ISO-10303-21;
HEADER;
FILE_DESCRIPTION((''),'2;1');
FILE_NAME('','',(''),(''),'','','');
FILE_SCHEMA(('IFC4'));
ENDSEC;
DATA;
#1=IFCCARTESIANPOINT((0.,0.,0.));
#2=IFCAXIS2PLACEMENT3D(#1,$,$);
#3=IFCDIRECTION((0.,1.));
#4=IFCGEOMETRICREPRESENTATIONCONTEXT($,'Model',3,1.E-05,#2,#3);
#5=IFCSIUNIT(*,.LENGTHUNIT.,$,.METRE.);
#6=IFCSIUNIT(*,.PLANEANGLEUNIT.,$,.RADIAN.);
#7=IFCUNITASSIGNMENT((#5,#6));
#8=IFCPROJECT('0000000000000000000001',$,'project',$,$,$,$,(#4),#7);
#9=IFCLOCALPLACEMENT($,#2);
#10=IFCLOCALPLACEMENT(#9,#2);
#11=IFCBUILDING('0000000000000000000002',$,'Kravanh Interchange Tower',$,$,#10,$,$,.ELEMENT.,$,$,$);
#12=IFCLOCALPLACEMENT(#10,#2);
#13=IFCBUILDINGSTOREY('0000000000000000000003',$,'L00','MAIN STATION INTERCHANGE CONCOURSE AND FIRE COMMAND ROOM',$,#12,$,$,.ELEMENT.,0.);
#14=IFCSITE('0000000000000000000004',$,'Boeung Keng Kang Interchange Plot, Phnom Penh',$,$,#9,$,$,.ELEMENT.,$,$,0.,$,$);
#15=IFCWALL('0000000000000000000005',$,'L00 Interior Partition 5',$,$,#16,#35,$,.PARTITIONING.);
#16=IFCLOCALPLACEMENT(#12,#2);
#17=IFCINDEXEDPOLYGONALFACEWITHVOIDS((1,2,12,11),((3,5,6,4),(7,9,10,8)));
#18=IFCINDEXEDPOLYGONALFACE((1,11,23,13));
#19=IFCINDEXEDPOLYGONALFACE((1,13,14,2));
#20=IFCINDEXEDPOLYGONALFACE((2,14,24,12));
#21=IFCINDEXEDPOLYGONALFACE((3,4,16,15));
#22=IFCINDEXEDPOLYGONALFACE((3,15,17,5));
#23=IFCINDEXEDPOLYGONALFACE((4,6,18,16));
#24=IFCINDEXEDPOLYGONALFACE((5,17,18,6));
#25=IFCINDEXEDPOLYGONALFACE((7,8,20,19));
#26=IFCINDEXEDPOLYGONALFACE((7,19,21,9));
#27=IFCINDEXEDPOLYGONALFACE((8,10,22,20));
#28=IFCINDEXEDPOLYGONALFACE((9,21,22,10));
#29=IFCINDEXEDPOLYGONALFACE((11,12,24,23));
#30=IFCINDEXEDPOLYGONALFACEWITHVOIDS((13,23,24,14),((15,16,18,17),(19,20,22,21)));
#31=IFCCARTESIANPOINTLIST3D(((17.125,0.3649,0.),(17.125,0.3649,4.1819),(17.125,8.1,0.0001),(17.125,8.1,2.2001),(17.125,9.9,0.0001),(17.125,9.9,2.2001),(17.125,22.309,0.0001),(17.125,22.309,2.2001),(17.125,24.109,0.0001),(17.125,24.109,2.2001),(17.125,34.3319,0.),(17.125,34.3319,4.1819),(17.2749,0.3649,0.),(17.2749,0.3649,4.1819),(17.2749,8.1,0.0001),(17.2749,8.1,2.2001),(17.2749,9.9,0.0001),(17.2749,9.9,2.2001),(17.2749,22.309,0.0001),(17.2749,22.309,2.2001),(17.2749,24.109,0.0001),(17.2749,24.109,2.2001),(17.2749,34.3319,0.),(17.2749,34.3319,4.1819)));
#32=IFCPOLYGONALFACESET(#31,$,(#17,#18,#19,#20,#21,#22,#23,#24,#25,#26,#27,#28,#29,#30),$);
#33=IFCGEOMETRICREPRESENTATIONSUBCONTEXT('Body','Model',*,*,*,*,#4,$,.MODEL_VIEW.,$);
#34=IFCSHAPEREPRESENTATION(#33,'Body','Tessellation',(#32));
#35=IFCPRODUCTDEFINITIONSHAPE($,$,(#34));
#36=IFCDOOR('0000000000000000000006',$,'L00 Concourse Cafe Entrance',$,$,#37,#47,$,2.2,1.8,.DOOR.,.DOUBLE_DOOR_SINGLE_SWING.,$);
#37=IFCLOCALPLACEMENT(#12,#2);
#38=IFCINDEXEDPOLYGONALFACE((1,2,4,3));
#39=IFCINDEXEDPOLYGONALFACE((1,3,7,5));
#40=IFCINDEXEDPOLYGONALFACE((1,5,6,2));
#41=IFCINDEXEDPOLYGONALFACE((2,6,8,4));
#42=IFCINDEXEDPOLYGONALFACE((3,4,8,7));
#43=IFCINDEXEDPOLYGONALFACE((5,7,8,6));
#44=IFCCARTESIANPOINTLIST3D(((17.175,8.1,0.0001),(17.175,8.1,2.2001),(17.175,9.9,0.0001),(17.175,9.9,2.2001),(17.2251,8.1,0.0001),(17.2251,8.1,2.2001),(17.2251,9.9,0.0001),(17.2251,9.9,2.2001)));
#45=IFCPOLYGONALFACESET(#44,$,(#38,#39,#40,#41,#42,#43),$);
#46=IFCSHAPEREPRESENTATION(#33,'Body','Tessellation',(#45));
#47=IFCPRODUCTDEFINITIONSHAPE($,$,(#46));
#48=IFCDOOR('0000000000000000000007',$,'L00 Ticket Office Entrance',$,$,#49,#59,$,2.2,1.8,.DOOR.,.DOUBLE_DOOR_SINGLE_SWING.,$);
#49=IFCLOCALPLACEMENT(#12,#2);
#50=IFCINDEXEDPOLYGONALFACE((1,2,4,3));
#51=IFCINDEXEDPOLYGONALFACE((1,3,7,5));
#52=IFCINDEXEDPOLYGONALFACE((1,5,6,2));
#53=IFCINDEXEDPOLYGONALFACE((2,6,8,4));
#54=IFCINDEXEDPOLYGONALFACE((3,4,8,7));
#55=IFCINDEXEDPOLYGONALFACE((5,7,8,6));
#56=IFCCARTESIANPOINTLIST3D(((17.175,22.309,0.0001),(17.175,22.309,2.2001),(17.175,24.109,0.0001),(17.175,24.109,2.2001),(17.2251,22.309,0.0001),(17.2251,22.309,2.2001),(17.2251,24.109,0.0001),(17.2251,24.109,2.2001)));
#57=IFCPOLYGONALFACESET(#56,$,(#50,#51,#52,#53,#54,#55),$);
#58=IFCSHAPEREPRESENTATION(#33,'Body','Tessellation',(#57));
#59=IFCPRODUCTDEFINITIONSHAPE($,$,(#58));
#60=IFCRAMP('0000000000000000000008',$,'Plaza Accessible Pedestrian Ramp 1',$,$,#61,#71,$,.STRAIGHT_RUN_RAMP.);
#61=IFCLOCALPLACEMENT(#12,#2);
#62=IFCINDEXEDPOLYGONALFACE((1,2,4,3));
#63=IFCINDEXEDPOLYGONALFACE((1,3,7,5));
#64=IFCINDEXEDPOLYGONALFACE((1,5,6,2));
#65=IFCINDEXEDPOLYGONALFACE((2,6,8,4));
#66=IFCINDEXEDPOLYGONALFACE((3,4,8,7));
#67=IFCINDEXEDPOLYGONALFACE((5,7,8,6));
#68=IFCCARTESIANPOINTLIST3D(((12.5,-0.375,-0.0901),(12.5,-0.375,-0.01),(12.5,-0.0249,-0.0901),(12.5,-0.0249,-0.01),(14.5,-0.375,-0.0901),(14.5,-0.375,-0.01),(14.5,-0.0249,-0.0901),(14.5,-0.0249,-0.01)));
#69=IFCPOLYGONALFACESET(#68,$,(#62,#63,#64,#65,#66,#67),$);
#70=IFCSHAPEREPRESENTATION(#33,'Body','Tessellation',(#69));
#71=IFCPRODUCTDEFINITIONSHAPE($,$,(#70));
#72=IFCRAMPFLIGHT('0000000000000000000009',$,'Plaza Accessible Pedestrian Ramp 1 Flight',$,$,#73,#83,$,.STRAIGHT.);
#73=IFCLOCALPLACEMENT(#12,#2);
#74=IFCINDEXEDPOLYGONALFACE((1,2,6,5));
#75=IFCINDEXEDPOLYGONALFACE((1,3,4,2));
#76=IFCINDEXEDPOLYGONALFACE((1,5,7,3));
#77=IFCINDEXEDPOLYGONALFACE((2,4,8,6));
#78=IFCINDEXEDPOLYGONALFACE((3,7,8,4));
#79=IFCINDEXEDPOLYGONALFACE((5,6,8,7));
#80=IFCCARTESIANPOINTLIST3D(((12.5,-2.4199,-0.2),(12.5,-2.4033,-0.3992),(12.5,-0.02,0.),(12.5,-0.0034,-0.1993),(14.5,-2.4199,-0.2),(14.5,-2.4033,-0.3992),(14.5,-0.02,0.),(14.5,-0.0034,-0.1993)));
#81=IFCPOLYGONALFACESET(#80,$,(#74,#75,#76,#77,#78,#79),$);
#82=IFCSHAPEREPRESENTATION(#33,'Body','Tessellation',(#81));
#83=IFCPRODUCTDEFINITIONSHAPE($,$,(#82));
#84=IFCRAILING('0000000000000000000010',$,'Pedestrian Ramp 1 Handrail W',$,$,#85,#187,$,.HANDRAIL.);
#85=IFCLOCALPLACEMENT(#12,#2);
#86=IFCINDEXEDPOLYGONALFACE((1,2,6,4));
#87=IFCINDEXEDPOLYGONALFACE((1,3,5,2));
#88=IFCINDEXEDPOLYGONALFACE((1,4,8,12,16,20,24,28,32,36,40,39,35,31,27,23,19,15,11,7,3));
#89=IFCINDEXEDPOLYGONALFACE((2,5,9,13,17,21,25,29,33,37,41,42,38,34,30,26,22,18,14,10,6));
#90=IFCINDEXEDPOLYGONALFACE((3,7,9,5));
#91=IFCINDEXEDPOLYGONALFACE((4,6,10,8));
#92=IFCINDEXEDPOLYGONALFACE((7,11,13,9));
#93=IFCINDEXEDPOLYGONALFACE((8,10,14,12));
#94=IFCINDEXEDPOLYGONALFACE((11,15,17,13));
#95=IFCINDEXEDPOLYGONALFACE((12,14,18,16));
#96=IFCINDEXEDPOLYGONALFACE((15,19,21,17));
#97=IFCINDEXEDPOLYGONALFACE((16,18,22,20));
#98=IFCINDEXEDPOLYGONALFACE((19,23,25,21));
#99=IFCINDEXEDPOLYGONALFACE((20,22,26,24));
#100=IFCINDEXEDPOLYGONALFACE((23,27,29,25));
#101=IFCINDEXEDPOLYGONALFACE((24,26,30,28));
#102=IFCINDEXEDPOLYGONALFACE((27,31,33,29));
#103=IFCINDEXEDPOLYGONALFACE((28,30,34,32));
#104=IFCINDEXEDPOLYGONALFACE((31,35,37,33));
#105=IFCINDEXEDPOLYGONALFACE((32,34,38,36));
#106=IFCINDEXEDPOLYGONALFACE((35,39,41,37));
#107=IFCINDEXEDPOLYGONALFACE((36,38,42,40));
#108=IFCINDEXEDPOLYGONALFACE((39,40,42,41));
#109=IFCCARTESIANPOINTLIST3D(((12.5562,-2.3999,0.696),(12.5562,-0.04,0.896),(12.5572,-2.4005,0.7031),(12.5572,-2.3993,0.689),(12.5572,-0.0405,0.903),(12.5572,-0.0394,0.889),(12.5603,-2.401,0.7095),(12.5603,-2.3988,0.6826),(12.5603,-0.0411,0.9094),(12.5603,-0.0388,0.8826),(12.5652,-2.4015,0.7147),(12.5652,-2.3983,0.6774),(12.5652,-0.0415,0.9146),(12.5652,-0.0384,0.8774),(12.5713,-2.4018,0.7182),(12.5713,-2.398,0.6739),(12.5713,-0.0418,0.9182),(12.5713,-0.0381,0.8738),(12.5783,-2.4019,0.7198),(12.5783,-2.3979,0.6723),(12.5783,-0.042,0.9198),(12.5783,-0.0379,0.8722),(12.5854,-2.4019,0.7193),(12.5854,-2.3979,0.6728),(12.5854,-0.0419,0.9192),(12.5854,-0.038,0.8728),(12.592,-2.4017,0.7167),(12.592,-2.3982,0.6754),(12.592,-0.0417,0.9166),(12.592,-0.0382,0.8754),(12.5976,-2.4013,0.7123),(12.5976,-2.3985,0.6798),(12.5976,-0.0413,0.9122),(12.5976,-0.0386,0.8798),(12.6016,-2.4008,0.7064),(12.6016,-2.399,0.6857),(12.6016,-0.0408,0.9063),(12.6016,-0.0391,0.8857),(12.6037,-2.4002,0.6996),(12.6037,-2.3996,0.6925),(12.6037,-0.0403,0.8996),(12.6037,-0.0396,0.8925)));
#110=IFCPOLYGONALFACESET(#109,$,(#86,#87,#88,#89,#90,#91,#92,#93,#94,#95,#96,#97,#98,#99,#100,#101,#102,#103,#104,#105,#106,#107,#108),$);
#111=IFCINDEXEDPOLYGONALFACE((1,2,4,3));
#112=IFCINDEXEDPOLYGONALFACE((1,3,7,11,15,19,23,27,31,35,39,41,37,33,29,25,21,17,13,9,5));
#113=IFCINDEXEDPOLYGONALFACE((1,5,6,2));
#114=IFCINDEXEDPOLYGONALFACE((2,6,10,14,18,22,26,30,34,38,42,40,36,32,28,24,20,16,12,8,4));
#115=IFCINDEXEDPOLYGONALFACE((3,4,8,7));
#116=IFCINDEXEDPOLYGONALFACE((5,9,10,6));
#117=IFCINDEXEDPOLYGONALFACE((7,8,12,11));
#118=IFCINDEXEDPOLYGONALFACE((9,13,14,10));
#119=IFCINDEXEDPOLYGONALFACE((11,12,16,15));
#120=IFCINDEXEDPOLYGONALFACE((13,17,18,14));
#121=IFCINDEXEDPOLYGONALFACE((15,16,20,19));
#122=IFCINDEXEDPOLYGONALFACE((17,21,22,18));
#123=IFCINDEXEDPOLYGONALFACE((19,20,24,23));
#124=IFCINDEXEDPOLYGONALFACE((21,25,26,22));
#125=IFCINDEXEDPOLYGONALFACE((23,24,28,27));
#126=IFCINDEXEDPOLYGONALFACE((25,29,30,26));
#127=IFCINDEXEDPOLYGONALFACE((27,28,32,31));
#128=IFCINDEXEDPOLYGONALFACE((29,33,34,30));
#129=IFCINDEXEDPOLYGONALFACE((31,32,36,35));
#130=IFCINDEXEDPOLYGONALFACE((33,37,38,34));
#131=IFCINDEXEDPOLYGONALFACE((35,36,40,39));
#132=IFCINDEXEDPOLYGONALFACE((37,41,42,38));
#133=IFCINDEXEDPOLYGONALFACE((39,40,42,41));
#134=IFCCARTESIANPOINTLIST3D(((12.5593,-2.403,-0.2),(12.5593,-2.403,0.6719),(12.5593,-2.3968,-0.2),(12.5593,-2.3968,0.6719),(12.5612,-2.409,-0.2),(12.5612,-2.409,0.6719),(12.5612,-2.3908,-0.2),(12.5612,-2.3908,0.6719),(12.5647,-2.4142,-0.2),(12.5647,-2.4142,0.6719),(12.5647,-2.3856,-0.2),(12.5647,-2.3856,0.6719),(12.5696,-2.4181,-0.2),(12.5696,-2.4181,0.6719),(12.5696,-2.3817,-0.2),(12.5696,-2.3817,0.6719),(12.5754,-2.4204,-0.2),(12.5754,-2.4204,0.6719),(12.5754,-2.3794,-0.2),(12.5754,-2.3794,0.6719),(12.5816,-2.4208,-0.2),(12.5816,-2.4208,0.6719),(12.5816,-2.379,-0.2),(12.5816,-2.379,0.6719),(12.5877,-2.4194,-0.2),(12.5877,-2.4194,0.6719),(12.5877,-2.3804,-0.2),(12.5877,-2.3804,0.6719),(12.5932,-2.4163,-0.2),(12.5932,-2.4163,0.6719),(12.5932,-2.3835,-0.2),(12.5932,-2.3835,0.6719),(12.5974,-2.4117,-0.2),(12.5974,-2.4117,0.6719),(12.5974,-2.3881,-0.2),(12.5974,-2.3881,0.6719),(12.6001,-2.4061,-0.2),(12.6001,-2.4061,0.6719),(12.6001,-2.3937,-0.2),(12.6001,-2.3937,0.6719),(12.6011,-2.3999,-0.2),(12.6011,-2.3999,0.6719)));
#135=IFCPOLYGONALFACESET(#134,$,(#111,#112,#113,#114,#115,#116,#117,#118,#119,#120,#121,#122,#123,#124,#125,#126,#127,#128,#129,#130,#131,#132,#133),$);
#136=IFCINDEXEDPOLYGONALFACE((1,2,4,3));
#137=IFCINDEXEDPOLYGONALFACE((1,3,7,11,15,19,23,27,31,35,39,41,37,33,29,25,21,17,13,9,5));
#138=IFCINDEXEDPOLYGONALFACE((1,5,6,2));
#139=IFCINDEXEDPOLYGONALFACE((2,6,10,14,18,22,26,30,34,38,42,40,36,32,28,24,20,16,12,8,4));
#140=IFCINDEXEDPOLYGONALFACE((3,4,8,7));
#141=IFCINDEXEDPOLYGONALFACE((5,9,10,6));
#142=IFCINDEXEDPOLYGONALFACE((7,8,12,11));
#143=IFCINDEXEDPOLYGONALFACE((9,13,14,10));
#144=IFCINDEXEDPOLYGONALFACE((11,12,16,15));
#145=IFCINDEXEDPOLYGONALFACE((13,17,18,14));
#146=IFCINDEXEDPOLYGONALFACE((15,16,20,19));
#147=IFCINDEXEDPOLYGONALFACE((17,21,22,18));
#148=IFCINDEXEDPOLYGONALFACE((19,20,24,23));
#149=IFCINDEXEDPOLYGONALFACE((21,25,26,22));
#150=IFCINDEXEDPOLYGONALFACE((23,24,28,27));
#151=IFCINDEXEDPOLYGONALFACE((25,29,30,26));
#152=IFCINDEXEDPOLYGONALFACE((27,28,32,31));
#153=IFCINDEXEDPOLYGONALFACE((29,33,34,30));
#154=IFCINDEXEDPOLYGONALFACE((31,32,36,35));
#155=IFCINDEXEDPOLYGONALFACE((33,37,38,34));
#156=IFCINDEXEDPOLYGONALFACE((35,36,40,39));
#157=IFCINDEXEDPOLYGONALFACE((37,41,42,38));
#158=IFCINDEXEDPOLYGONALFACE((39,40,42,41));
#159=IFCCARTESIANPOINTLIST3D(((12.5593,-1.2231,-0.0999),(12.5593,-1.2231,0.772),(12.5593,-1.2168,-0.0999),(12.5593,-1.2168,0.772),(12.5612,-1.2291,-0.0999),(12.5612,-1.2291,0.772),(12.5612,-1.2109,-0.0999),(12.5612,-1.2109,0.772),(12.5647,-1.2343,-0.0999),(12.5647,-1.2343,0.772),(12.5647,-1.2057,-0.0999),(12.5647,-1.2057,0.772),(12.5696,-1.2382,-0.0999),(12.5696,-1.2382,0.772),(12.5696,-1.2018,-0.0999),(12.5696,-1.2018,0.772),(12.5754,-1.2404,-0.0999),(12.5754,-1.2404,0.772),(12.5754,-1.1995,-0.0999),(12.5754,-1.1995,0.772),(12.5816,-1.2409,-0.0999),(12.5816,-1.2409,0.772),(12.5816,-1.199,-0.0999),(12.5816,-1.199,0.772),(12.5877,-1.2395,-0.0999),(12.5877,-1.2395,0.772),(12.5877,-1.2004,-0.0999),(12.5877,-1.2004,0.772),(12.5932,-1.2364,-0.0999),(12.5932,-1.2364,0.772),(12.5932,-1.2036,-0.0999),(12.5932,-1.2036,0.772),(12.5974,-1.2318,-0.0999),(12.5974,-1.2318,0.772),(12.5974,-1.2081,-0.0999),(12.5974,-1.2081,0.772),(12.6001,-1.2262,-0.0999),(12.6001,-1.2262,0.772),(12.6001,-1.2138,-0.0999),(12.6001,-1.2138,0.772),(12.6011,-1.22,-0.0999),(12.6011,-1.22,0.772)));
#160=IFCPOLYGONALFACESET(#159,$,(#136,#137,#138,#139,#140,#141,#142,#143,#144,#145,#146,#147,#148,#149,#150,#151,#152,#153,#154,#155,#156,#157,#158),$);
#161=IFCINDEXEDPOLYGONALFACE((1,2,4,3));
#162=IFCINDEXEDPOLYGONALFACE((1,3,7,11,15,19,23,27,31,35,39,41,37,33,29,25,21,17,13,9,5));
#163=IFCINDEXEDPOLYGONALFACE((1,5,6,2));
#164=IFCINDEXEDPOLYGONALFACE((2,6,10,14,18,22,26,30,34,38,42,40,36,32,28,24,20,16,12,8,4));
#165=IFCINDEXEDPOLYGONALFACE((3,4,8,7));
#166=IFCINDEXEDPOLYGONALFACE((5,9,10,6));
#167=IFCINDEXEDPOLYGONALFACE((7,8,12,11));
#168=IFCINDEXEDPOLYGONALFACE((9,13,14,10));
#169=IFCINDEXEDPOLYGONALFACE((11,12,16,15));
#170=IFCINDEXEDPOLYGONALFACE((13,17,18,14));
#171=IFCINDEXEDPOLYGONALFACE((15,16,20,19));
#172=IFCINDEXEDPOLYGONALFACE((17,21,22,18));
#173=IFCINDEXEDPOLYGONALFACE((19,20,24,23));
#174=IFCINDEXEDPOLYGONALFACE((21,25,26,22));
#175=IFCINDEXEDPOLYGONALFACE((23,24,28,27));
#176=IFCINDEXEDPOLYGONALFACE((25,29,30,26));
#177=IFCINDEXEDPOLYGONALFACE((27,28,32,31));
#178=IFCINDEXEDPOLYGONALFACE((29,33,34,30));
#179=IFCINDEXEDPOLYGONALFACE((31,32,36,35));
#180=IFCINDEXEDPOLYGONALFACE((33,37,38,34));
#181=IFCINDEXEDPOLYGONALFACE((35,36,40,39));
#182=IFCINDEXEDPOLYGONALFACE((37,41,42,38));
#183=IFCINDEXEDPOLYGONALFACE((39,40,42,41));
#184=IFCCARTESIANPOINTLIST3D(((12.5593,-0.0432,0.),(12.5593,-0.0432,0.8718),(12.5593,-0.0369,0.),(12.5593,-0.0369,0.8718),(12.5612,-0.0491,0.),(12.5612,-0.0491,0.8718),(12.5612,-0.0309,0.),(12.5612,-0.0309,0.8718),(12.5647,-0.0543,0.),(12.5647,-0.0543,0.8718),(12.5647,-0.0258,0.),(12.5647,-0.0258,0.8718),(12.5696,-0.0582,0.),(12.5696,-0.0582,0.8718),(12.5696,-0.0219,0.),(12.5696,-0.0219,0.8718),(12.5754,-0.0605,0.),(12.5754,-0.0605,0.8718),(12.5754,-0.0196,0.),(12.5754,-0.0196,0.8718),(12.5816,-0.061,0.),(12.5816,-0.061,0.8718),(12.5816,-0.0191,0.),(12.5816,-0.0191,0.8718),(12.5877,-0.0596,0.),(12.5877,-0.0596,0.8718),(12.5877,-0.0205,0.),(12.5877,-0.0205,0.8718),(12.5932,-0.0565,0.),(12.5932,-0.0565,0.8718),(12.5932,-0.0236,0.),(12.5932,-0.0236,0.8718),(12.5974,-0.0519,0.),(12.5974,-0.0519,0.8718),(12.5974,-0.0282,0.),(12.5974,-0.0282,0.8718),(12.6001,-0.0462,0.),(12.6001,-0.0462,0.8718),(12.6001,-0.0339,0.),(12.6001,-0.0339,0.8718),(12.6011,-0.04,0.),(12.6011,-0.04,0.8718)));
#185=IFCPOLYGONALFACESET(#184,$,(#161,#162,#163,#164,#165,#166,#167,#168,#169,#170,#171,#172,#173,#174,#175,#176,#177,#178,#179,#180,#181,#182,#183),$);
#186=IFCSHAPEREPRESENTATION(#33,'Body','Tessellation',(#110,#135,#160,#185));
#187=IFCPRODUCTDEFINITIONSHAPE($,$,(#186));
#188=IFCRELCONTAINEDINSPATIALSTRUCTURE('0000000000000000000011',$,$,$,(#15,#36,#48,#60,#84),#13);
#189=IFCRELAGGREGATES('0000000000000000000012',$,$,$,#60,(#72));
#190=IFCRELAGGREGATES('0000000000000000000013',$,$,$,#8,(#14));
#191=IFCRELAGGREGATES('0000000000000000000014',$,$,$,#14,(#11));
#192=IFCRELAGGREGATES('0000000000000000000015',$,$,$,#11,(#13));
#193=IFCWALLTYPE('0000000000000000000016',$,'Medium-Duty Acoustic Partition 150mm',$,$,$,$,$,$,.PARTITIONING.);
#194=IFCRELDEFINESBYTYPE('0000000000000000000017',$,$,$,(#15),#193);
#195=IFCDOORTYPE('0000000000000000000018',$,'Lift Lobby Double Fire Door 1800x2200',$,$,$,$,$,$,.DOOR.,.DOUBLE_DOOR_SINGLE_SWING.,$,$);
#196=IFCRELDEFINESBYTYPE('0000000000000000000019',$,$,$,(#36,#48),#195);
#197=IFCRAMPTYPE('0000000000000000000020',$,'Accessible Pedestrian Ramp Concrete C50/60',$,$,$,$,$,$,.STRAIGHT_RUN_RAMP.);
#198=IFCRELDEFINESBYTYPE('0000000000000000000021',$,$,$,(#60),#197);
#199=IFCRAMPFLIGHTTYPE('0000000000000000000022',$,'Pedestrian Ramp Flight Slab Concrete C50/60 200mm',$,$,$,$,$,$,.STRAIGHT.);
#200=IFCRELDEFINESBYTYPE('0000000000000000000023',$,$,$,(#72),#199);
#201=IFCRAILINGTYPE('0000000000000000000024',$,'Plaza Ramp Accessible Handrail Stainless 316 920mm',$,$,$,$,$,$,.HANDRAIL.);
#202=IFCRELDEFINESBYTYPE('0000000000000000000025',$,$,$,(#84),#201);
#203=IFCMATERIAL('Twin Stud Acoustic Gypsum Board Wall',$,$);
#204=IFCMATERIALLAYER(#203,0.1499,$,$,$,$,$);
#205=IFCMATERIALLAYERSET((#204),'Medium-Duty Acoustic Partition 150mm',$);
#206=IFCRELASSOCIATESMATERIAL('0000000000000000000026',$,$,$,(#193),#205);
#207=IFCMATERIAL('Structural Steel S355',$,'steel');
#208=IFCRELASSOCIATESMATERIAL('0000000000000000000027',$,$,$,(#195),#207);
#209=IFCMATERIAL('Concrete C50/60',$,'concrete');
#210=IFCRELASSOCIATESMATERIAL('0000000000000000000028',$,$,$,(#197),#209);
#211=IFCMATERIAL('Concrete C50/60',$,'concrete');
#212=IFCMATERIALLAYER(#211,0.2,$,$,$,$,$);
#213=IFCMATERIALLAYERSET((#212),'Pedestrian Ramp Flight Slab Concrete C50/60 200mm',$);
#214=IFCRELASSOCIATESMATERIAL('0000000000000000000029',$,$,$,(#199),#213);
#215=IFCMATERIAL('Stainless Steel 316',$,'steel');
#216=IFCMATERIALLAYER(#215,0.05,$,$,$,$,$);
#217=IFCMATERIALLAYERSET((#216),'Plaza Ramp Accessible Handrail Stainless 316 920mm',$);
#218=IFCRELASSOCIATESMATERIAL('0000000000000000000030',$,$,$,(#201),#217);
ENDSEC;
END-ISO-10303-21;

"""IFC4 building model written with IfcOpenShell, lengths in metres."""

from ifc_helpers import new_model, si_unit, direction, frame, frame_2d, origin, origin_2d, place, context, subcontext, project, spatial, polyline, rectangle, circle, outline, extrude, material, layer, layer_set, type_object, element, fill, aggregate, save


model = new_model("IFC4")

# Units and contexts
model_context = context("Model", 3, precision=1e-05, world=origin(), true_north=direction((0.0, 1.0)))
body_context = subcontext(model_context, "Body", "Model", "MODEL_VIEW")
ifc_project = project(units=[si_unit("LENGTHUNIT", "METRE"), si_unit("PLANEANGLEUNIT", "RADIAN")], contexts=[model_context])

# Site, building, storey
site_placement = place(None, origin())
site = spatial("IfcSite", under=ifc_project, at=site_placement, Name="Boeung Keng Kang Interchange Plot, Phnom Penh", CompositionType="ELEMENT", RefElevation=0.0)
building_placement = place(site_placement, origin())
building = spatial("IfcBuilding", under=site, at=building_placement, Name="Kravanh Interchange Tower", CompositionType="ELEMENT")
storey_placement = place(building_placement, origin())
storey = spatial("IfcBuildingStorey", under=building, at=storey_placement, Name="L00", Description="MAIN STATION INTERCHANGE CONCOURSE AND FIRE COMMAND ROOM", CompositionType="ELEMENT", Elevation=0.0)

# Wall, openings, doors
ifc_material_1 = material(Name="Twin Stud Acoustic Gypsum Board Wall")
ifc_layer_1 = layer(ifc_material_1, 0.1499)
ifc_layer_set_1 = layer_set([ifc_layer_1], Name="Medium-Duty Acoustic Partition 150mm")
wall_type_1 = type_object("IfcWallType", Name="Medium-Duty Acoustic Partition 150mm", PredefinedType="PARTITIONING", material=ifc_layer_set_1)
wall_1_placement = place(storey_placement, frame((17.2, 0.365, 0.0), z_axis=(0.0, 0.0, 1.0), x_axis=(0.0, 1.0, 0.0)))
wall_1 = element("IfcWall", 1, at=wall_1_placement, inside=storey, type_object=wall_type_1, Name="L00 Interior Partition 5", PredefinedType="PARTITIONING", context=body_context, shape_type="SweptSolid", body=[
    extrude(rectangle(XDim=33.967, YDim=0.1499, at=frame_2d((16.9834, 0.0))), origin(), (0.0, 0.0, 1.0), 4.1819),
])
opening_1_placement = place(wall_1_placement, frame((7.7351, 0.0, 0.0)))
opening_1 = element("IfcOpeningElement", 2, at=opening_1_placement, cuts=wall_1, PredefinedType="OPENING", context=body_context, shape_type="SweptSolid", body=[
    extrude(rectangle(XDim=1.8, YDim=2.2, at=frame_2d((0.8999, 1.1001))), frame((0.0, 0.085, 0.0), z_axis=(0.0, -1.0, 0.0), x_axis=(1.0, 0.0, 0.0)), (0.0, 0.0, 1.0), 0.1699),
])
opening_2_placement = place(wall_1_placement, frame((21.9441, 0.0, 0.0)))
opening_2 = element("IfcOpeningElement", 3, at=opening_2_placement, cuts=wall_1, PredefinedType="OPENING", context=body_context, shape_type="SweptSolid", body=[
    extrude(rectangle(XDim=1.8, YDim=2.2, at=frame_2d((0.8999, 1.1001))), frame((0.0, 0.085, 0.0), z_axis=(0.0, -1.0, 0.0), x_axis=(1.0, 0.0, 0.0)), (0.0, 0.0, 1.0), 0.1699),
])
ifc_material_2 = material(Name="Structural Steel S355", Category="steel")
door_type_1 = type_object("IfcDoorType", Name="Lift Lobby Double Fire Door 1800x2200", OperationType="DOUBLE_DOOR_SINGLE_SWING", PredefinedType="DOOR", material=ifc_material_2)
door_1_placement = place(opening_1_placement, origin())
door_1 = element("IfcDoor", 4, at=door_1_placement, inside=storey, type_object=door_type_1, Name="L00 Concourse Cafe Entrance", OperationType="DOUBLE_DOOR_SINGLE_SWING", OverallHeight=2.2, OverallWidth=1.8, PredefinedType="DOOR", context=body_context, shape_type="SweptSolid", body=[
    extrude(rectangle(XDim=1.8, YDim=2.2, at=frame_2d((0.8999, 1.1001))), frame((0.0, 0.0249, 0.0), z_axis=(0.0, -1.0, 0.0), x_axis=(1.0, 0.0, 0.0)), (0.0, 0.0, 1.0), 0.05),
])
fill(opening_1, door_1)
door_2_placement = place(opening_2_placement, origin())
door_2 = element("IfcDoor", 5, at=door_2_placement, inside=storey, type_object=door_type_1, Name="L00 Ticket Office Entrance", OperationType="DOUBLE_DOOR_SINGLE_SWING", OverallHeight=2.2, OverallWidth=1.8, PredefinedType="DOOR", context=body_context, shape_type="SweptSolid", body=[
    extrude(rectangle(XDim=1.8, YDim=2.2, at=frame_2d((0.8999, 1.1001))), frame((0.0, 0.0249, 0.0), z_axis=(0.0, -1.0, 0.0), x_axis=(1.0, 0.0, 0.0)), (0.0, 0.0, 1.0), 0.05),
])
fill(opening_2, door_2)

# Ramp, ramp flight
ifc_material_3 = material(Name="Concrete C50/60", Category="concrete")
ramp_type = type_object("IfcRampType", Name="Accessible Pedestrian Ramp Concrete C50/60", PredefinedType="STRAIGHT_RUN_RAMP", material=ifc_material_3)
ramp_placement = place(storey_placement, frame((13.5, -0.2, -0.0901), z_axis=(0.0, 0.0, 1.0), x_axis=(1.0, 0.0, 0.0)))
ramp = element("IfcRamp", 6, at=ramp_placement, inside=storey, type_object=ramp_type, Name="Plaza Accessible Pedestrian Ramp 1", PredefinedType="STRAIGHT_RUN_RAMP", context=body_context, shape_type="SweptSolid", body=[
    extrude(rectangle(XDim=2.0, YDim=0.3501, at=origin_2d()), origin(), (0.0, 0.0, 1.0), 0.0801),
])
ifc_material_4 = material(Name="Concrete C50/60", Category="concrete")
ifc_layer_2 = layer(ifc_material_4, 0.2)
ifc_layer_set_2 = layer_set([ifc_layer_2], Name="Pedestrian Ramp Flight Slab Concrete C50/60 200mm")
ramp_flight_type = type_object("IfcRampFlightType", Name="Pedestrian Ramp Flight Slab Concrete C50/60 200mm", PredefinedType="STRAIGHT", material=ifc_layer_set_2)
ramp_flight_placement = place(storey_placement, frame((12.5, -2.4199, -0.2), z_axis=(0.0, -0.083029, 0.996547), x_axis=(1.0, 0.0, 0.0)))
ramp_flight = element("IfcRampFlight", 7, at=ramp_flight_placement, type_object=ramp_flight_type, Name="Plaza Accessible Pedestrian Ramp 1 Flight", PredefinedType="STRAIGHT", context=body_context, shape_type="SweptSolid", body=[
    extrude(outline(polyline([(0.0, 0.0), (2.0, 0.0), (2.0, 2.4082), (0.0, 2.4082), (0.0, 0.0)])), origin(), (0.0, 0.0, -1.0), 0.2),
])
aggregate(ramp, [ramp_flight])

# Railing
ifc_material_5 = material(Name="Stainless Steel 316", Category="steel")
ifc_layer_3 = layer(ifc_material_5, 0.05)
ifc_layer_set_3 = layer_set([ifc_layer_3], Name="Plaza Ramp Accessible Handrail Stainless 316 920mm")
railing_type = type_object("IfcRailingType", Name="Plaza Ramp Accessible Handrail Stainless 316 920mm", PredefinedType="HANDRAIL", material=ifc_layer_set_3)
for number, where, name in (
    (8, (12.5801, -2.3999, -0.2), "Pedestrian Ramp 1 Handrail W"),
):
    element("IfcRailing", number, at=place(storey_placement, frame(where)), inside=storey, type_object=railing_type, Name=name, PredefinedType="HANDRAIL", context=body_context, shape_type="SweptSolid", body=[
        extrude(circle(Radius=0.0239, at=origin_2d()), frame((0.0, 0.0, 0.896), z_axis=(0.0, 0.99643, 0.084427), x_axis=(-1.0, 0.0, 0.0)), (0.0, 0.0, 1.0), 2.3684),
        extrude(circle(Radius=0.021, at=origin_2d()), origin(), (0.0, 0.0, 1.0), 0.8718),
        extrude(circle(Radius=0.021, at=origin_2d()), frame((0.0, 1.1799, 0.1001)), (0.0, 0.0, 1.0), 0.8718),
        extrude(circle(Radius=0.021, at=origin_2d()), frame((0.0, 2.3599, 0.2)), (0.0, 0.0, 1.0), 0.8718),
    ])

save(model, "model.ifc")
